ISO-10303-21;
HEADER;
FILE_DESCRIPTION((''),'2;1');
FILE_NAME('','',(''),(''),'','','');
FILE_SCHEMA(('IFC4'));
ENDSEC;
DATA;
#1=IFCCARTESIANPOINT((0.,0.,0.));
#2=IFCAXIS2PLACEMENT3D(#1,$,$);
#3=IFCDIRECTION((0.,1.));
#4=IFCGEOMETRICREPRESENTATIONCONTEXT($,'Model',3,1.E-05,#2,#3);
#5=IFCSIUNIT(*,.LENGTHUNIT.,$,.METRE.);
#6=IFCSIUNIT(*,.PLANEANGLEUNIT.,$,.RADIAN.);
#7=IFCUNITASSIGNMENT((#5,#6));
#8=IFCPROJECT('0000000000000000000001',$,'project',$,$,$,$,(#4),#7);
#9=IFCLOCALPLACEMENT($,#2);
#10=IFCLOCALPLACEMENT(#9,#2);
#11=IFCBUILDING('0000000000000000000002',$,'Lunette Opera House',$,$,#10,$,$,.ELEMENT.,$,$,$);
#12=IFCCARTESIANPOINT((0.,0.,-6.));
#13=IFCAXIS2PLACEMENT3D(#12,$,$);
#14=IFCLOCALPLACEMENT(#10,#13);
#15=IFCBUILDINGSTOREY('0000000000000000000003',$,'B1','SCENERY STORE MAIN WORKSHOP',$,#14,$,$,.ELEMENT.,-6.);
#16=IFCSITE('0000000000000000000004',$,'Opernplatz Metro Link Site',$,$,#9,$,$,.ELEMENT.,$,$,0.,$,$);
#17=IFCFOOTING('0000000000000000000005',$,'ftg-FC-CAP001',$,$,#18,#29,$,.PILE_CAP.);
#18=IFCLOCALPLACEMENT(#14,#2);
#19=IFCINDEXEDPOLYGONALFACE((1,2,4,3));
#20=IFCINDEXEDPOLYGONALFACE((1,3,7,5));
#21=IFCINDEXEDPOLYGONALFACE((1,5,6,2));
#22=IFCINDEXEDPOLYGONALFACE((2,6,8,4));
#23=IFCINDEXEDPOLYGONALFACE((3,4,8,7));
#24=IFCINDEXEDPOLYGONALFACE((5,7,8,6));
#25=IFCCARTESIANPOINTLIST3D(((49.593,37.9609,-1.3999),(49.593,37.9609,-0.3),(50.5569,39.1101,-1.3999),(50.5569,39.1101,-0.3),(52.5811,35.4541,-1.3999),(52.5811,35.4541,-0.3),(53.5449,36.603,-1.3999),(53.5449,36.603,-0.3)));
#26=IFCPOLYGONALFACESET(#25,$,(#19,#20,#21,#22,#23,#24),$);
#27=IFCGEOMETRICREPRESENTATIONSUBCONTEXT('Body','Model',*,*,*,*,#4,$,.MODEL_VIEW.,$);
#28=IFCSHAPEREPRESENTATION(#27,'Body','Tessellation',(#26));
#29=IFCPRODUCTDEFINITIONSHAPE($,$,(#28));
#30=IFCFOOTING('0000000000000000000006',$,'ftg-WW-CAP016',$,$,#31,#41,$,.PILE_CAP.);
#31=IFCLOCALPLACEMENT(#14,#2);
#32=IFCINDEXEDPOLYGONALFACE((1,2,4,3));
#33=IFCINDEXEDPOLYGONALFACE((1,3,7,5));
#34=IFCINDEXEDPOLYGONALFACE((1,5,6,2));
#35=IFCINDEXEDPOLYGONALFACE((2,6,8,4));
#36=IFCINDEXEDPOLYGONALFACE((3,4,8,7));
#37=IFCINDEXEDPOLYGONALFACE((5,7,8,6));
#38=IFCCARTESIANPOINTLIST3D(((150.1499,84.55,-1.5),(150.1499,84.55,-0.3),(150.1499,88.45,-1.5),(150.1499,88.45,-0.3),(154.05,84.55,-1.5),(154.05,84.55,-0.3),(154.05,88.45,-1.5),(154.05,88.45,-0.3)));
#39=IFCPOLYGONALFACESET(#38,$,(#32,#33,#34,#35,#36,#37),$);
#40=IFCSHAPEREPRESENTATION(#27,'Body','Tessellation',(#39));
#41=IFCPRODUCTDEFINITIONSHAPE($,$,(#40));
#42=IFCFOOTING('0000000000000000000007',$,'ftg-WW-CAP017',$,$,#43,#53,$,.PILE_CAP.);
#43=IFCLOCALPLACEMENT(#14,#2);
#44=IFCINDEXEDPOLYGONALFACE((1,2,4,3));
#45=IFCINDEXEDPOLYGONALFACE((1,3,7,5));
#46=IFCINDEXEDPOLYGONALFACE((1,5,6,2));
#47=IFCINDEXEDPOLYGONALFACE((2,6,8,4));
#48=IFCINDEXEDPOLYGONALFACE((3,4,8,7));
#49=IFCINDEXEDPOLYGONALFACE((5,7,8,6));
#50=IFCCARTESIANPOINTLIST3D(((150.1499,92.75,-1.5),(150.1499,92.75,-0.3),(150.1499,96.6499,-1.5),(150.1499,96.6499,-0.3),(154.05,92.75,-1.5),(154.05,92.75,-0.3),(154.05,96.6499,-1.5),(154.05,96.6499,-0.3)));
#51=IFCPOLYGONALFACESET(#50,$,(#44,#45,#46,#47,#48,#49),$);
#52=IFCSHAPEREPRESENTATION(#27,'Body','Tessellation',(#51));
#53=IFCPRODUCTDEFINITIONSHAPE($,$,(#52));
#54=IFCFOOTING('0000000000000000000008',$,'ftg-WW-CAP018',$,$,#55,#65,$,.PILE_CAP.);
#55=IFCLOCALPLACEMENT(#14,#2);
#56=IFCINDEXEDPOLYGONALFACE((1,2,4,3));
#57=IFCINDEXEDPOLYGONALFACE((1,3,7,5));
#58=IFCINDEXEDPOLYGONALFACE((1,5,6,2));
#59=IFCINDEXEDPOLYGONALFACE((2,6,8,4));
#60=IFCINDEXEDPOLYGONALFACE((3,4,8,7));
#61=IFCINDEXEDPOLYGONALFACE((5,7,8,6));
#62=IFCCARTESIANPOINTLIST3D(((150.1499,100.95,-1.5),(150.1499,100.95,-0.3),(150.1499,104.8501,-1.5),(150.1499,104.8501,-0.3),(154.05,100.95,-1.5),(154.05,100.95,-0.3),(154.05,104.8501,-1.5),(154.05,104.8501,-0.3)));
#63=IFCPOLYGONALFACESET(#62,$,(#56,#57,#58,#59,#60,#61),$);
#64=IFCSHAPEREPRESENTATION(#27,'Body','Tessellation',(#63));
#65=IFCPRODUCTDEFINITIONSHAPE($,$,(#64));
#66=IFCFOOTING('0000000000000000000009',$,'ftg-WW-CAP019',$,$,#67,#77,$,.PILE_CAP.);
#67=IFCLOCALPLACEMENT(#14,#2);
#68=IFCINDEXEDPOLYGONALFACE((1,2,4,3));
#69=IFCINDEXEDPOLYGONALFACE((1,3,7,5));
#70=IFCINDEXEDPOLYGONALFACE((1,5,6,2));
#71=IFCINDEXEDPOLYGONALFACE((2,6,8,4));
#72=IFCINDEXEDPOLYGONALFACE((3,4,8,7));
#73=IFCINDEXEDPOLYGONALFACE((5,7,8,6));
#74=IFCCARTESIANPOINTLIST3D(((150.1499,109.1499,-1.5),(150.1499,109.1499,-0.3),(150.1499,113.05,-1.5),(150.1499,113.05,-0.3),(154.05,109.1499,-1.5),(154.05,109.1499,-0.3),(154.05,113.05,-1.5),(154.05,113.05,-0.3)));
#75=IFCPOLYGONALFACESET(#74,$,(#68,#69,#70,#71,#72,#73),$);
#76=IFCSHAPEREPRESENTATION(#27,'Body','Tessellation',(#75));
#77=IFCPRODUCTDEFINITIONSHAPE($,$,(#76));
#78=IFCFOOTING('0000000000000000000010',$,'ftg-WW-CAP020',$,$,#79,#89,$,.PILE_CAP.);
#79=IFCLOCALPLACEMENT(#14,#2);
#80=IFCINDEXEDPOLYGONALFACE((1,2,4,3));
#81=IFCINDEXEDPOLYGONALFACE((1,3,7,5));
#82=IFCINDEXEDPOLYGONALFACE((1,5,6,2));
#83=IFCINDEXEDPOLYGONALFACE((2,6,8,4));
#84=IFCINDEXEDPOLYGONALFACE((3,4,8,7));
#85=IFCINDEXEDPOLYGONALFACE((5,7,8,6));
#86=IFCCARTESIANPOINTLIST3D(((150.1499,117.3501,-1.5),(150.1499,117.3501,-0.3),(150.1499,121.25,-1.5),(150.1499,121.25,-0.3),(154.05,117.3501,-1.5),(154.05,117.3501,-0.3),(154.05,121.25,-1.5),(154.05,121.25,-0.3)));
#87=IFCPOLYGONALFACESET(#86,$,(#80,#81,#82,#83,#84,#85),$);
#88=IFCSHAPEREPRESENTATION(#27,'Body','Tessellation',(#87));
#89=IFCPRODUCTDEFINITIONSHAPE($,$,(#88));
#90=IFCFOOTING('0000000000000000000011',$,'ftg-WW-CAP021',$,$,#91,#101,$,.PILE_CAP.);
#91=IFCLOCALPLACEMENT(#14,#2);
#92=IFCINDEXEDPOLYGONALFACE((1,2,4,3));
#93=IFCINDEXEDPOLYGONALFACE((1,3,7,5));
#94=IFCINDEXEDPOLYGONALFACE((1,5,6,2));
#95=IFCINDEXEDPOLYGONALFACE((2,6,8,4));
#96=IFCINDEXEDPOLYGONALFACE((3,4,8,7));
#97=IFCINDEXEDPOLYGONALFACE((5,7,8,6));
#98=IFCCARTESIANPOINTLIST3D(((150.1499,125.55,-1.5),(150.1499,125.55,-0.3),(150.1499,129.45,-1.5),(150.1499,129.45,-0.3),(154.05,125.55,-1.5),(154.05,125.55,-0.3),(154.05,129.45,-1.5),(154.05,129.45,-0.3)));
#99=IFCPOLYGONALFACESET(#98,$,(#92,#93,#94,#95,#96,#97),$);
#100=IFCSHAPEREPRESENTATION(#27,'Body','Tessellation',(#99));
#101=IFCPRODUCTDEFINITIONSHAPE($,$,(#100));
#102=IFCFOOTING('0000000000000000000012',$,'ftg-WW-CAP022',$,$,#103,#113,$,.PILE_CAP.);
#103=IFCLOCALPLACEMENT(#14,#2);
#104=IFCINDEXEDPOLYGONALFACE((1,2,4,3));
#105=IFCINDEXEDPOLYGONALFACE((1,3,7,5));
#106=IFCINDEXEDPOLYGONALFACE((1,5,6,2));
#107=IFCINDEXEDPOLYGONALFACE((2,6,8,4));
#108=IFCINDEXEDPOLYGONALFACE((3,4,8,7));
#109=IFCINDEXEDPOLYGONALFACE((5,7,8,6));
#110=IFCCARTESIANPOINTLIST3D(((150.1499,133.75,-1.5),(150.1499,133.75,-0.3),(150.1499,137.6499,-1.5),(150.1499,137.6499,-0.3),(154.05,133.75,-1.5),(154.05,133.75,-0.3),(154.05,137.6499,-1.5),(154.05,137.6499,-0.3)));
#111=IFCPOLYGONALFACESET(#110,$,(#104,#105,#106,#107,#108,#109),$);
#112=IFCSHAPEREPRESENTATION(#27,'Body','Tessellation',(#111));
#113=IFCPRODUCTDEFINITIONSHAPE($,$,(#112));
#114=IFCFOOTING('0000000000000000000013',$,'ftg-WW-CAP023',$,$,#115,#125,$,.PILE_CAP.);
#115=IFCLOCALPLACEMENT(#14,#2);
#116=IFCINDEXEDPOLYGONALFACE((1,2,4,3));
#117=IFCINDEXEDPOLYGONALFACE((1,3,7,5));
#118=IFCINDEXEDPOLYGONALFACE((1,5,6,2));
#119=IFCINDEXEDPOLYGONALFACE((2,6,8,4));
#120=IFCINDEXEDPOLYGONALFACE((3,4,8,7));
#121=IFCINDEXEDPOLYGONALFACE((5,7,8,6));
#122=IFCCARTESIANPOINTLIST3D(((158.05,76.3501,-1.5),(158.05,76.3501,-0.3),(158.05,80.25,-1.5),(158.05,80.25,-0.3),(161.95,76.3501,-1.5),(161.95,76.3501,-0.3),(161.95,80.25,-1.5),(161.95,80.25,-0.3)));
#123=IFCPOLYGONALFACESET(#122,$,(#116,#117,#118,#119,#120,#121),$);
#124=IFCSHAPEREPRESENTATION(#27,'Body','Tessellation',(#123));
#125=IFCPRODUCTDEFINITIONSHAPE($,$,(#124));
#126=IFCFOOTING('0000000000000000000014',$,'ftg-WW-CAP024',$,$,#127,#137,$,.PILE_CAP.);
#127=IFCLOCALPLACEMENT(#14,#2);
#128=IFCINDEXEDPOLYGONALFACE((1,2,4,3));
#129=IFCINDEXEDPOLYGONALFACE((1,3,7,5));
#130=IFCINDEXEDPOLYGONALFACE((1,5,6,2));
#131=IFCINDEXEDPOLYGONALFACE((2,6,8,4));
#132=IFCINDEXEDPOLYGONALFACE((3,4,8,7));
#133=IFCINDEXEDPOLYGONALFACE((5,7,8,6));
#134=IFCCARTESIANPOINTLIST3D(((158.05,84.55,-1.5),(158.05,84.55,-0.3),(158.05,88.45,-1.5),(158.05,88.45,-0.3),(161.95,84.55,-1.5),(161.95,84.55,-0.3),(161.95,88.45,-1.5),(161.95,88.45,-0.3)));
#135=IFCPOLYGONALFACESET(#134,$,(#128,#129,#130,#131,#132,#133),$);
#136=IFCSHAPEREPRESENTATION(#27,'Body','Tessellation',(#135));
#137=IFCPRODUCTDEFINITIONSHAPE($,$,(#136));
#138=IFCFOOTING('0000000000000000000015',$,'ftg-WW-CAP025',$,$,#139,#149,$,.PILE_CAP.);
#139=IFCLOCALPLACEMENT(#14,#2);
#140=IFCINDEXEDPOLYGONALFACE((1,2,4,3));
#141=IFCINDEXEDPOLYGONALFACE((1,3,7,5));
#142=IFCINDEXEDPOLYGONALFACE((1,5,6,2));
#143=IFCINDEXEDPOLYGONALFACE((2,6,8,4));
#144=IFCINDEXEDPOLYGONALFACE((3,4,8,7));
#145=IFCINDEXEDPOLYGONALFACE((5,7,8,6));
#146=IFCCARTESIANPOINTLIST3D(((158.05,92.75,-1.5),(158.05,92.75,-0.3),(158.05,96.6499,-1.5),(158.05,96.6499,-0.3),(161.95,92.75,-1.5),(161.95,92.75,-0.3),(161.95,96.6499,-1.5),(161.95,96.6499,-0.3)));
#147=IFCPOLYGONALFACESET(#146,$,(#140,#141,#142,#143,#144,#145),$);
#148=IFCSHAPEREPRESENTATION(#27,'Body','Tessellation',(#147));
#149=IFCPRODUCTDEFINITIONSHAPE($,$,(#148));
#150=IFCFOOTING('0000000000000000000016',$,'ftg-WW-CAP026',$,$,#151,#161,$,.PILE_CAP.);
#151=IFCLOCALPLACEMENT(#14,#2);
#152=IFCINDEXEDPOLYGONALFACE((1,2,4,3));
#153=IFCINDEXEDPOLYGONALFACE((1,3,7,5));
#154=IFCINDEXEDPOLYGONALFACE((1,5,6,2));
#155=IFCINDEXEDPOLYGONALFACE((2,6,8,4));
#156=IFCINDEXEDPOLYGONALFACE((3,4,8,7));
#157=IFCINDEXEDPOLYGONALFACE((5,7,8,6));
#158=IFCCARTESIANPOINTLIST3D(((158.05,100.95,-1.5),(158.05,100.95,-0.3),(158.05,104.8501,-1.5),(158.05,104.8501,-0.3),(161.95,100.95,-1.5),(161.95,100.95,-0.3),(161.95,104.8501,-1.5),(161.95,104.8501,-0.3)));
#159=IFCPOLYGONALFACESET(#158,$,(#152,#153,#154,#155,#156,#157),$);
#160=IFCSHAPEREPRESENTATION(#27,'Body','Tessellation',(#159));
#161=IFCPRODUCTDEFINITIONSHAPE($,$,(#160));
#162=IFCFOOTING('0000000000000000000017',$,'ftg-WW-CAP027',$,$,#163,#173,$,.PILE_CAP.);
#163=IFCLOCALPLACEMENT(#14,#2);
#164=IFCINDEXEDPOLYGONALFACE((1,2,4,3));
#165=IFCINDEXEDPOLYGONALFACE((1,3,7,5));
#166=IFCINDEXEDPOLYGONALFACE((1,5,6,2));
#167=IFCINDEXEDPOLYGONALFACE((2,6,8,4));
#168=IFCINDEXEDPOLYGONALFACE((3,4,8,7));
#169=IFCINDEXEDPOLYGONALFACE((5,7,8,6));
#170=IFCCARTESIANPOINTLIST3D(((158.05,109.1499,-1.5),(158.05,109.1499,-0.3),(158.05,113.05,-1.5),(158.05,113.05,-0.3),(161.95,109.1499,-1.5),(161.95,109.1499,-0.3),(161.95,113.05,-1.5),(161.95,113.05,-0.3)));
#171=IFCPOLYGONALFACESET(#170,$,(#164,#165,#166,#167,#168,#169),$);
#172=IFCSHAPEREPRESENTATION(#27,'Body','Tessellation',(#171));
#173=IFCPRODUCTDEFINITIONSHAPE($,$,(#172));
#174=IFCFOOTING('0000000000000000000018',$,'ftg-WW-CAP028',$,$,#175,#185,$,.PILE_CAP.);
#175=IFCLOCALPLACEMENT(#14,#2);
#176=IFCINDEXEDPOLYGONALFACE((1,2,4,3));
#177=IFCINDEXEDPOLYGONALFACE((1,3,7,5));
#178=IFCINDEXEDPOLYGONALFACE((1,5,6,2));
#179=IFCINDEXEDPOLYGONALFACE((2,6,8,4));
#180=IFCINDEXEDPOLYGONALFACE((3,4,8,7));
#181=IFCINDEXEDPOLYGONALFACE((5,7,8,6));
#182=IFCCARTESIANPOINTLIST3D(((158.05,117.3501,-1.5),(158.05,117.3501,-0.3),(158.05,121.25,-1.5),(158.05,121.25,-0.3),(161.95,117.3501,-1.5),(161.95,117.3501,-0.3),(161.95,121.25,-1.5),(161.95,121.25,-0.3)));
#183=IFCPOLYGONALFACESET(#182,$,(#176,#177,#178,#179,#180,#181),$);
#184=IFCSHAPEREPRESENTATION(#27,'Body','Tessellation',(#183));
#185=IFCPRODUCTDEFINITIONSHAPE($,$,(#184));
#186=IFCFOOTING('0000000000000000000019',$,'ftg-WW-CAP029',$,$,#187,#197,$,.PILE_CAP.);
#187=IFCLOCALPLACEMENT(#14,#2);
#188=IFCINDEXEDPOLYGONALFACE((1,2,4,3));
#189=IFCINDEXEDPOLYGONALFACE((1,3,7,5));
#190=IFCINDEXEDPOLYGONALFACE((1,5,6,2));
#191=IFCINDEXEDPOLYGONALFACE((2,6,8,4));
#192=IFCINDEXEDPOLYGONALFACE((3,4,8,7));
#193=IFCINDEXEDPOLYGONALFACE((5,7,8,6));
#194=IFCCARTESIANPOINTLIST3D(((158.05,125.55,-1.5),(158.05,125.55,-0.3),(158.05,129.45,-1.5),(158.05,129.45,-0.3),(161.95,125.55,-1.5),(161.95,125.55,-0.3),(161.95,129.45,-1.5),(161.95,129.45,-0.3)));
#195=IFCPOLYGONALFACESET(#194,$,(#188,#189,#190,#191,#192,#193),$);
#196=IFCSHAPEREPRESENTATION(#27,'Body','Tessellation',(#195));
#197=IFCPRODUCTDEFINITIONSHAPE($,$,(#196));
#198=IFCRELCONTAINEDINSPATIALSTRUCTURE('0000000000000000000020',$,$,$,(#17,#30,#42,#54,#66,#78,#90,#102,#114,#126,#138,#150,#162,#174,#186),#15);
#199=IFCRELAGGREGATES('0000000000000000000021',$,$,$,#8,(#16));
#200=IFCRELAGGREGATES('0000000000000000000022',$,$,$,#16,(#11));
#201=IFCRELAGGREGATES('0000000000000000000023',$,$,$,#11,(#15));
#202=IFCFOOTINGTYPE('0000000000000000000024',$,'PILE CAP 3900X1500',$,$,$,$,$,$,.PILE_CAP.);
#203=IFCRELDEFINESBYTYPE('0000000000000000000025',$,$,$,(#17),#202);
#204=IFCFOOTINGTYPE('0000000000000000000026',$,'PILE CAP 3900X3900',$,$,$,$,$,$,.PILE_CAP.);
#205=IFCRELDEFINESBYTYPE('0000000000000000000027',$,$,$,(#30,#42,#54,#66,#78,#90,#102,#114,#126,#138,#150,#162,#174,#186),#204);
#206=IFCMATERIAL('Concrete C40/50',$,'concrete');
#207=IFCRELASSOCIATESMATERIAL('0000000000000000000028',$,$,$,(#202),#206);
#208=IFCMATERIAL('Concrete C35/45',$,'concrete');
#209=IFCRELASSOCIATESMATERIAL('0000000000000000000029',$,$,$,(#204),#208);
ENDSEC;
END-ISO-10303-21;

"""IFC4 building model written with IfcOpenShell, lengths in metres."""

from ifc_helpers import new_model, si_unit, direction, frame, origin, place, context, subcontext, project, spatial, polyline, outline, extrude, material, type_object, element, save


model = new_model("IFC4")

# Units and contexts
model_context = context("Model", 3, precision=1e-05, world=origin(), true_north=direction((0.0, 1.0)))
body_context = subcontext(model_context, "Body", "Model", "MODEL_VIEW")
ifc_project = project(units=[si_unit("LENGTHUNIT", "METRE"), si_unit("PLANEANGLEUNIT", "RADIAN")], contexts=[model_context])

# Site, building, storey
site_placement = place(None, origin())
site = spatial("IfcSite", under=ifc_project, at=site_placement, Name="Opernplatz Metro Link Site", CompositionType="ELEMENT", RefElevation=0.0)
building_placement = place(site_placement, origin())
building = spatial("IfcBuilding", under=site, at=building_placement, Name="Lunette Opera House", CompositionType="ELEMENT")
storey_placement = place(building_placement, frame((0.0, 0.0, -6.0)))
storey = spatial("IfcBuildingStorey", under=building, at=storey_placement, Name="B1", Description="SCENERY STORE MAIN WORKSHOP", CompositionType="ELEMENT", Elevation=-6.0)

# Footings
ifc_material_1 = material(Name="Concrete C40/50", Category="concrete")
footing_type_1 = type_object("IfcFootingType", Name="PILE CAP 3900X1500", PredefinedType="PILE_CAP", material=ifc_material_1)
footing_1_placement = place(storey_placement, frame((0.0, 0.0, -1.3999)))
element("IfcFooting", 1, at=footing_1_placement, inside=storey, type_object=footing_type_1, Name="ftg-FC-CAP001", PredefinedType="PILE_CAP", context=body_context, shape_type="SweptSolid", body=[
    extrude(outline(polyline([(52.5811, 35.4541), (53.5449, 36.603), (50.5569, 39.1101), (49.593, 37.9609), (52.5811, 35.4541)])), origin(), (0.0, 0.0, 1.0), 1.0999),
])
ifc_material_2 = material(Name="Concrete C35/45", Category="concrete")
footing_type_2 = type_object("IfcFootingType", Name="PILE CAP 3900X3900", PredefinedType="PILE_CAP", material=ifc_material_2)
footing_2_placement = place(storey_placement, frame((0.0, 0.0, -1.5)))
element("IfcFooting", 2, at=footing_2_placement, inside=storey, type_object=footing_type_2, Name="ftg-WW-CAP016", PredefinedType="PILE_CAP", context=body_context, shape_type="SweptSolid", body=[
    extrude(outline(polyline([(154.05, 84.55), (154.05, 88.45), (150.1499, 88.45), (150.1499, 84.55), (154.05, 84.55)])), origin(), (0.0, 0.0, 1.0), 1.2),
])
footing_3_placement = place(storey_placement, frame((0.0, 0.0, -1.5)))
element("IfcFooting", 3, at=footing_3_placement, inside=storey, type_object=footing_type_2, Name="ftg-WW-CAP017", PredefinedType="PILE_CAP", context=body_context, shape_type="SweptSolid", body=[
    extrude(outline(polyline([(154.05, 92.75), (154.05, 96.6499), (150.1499, 96.6499), (150.1499, 92.75), (154.05, 92.75)])), origin(), (0.0, 0.0, 1.0), 1.2),
])
footing_4_placement = place(storey_placement, frame((0.0, 0.0, -1.5)))
element("IfcFooting", 4, at=footing_4_placement, inside=storey, type_object=footing_type_2, Name="ftg-WW-CAP018", PredefinedType="PILE_CAP", context=body_context, shape_type="SweptSolid", body=[
    extrude(outline(polyline([(154.05, 100.95), (154.05, 104.8501), (150.1499, 104.8501), (150.1499, 100.95), (154.05, 100.95)])), origin(), (0.0, 0.0, 1.0), 1.2),
])
footing_5_placement = place(storey_placement, frame((0.0, 0.0, -1.5)))
element("IfcFooting", 5, at=footing_5_placement, inside=storey, type_object=footing_type_2, Name="ftg-WW-CAP019", PredefinedType="PILE_CAP", context=body_context, shape_type="SweptSolid", body=[
    extrude(outline(polyline([(154.05, 109.1499), (154.05, 113.05), (150.1499, 113.05), (150.1499, 109.1499), (154.05, 109.1499)])), origin(), (0.0, 0.0, 1.0), 1.2),
])
footing_6_placement = place(storey_placement, frame((0.0, 0.0, -1.5)))
element("IfcFooting", 6, at=footing_6_placement, inside=storey, type_object=footing_type_2, Name="ftg-WW-CAP020", PredefinedType="PILE_CAP", context=body_context, shape_type="SweptSolid", body=[
    extrude(outline(polyline([(154.05, 117.3501), (154.05, 121.25), (150.1499, 121.25), (150.1499, 117.3501), (154.05, 117.3501)])), origin(), (0.0, 0.0, 1.0), 1.2),
])
footing_7_placement = place(storey_placement, frame((0.0, 0.0, -1.5)))
element("IfcFooting", 7, at=footing_7_placement, inside=storey, type_object=footing_type_2, Name="ftg-WW-CAP021", PredefinedType="PILE_CAP", context=body_context, shape_type="SweptSolid", body=[
    extrude(outline(polyline([(154.05, 125.55), (154.05, 129.45), (150.1499, 129.45), (150.1499, 125.55), (154.05, 125.55)])), origin(), (0.0, 0.0, 1.0), 1.2),
])
footing_8_placement = place(storey_placement, frame((0.0, 0.0, -1.5)))
element("IfcFooting", 8, at=footing_8_placement, inside=storey, type_object=footing_type_2, Name="ftg-WW-CAP022", PredefinedType="PILE_CAP", context=body_context, shape_type="SweptSolid", body=[
    extrude(outline(polyline([(154.05, 133.75), (154.05, 137.6499), (150.1499, 137.6499), (150.1499, 133.75), (154.05, 133.75)])), origin(), (0.0, 0.0, 1.0), 1.2),
])
footing_9_placement = place(storey_placement, frame((0.0, 0.0, -1.5)))
element("IfcFooting", 9, at=footing_9_placement, inside=storey, type_object=footing_type_2, Name="ftg-WW-CAP023", PredefinedType="PILE_CAP", context=body_context, shape_type="SweptSolid", body=[
    extrude(outline(polyline([(161.95, 76.3501), (161.95, 80.25), (158.05, 80.25), (158.05, 76.3501), (161.95, 76.3501)])), origin(), (0.0, 0.0, 1.0), 1.2),
])
footing_10_placement = place(storey_placement, frame((0.0, 0.0, -1.5)))
element("IfcFooting", 10, at=footing_10_placement, inside=storey, type_object=footing_type_2, Name="ftg-WW-CAP024", PredefinedType="PILE_CAP", context=body_context, shape_type="SweptSolid", body=[
    extrude(outline(polyline([(161.95, 84.55), (161.95, 88.45), (158.05, 88.45), (158.05, 84.55), (161.95, 84.55)])), origin(), (0.0, 0.0, 1.0), 1.2),
])
footing_11_placement = place(storey_placement, frame((0.0, 0.0, -1.5)))
element("IfcFooting", 11, at=footing_11_placement, inside=storey, type_object=footing_type_2, Name="ftg-WW-CAP025", PredefinedType="PILE_CAP", context=body_context, shape_type="SweptSolid", body=[
    extrude(outline(polyline([(161.95, 92.75), (161.95, 96.6499), (158.05, 96.6499), (158.05, 92.75), (161.95, 92.75)])), origin(), (0.0, 0.0, 1.0), 1.2),
])
footing_12_placement = place(storey_placement, frame((0.0, 0.0, -1.5)))
element("IfcFooting", 12, at=footing_12_placement, inside=storey, type_object=footing_type_2, Name="ftg-WW-CAP026", PredefinedType="PILE_CAP", context=body_context, shape_type="SweptSolid", body=[
    extrude(outline(polyline([(161.95, 100.95), (161.95, 104.8501), (158.05, 104.8501), (158.05, 100.95), (161.95, 100.95)])), origin(), (0.0, 0.0, 1.0), 1.2),
])
footing_13_placement = place(storey_placement, frame((0.0, 0.0, -1.5)))
element("IfcFooting", 13, at=footing_13_placement, inside=storey, type_object=footing_type_2, Name="ftg-WW-CAP027", PredefinedType="PILE_CAP", context=body_context, shape_type="SweptSolid", body=[
    extrude(outline(polyline([(161.95, 109.1499), (161.95, 113.05), (158.05, 113.05), (158.05, 109.1499), (161.95, 109.1499)])), origin(), (0.0, 0.0, 1.0), 1.2),
])
footing_14_placement = place(storey_placement, frame((0.0, 0.0, -1.5)))
element("IfcFooting", 14, at=footing_14_placement, inside=storey, type_object=footing_type_2, Name="ftg-WW-CAP028", PredefinedType="PILE_CAP", context=body_context, shape_type="SweptSolid", body=[
    extrude(outline(polyline([(161.95, 117.3501), (161.95, 121.25), (158.05, 121.25), (158.05, 117.3501), (161.95, 117.3501)])), origin(), (0.0, 0.0, 1.0), 1.2),
])
footing_15_placement = place(storey_placement, frame((0.0, 0.0, -1.5)))
element("IfcFooting", 15, at=footing_15_placement, inside=storey, type_object=footing_type_2, Name="ftg-WW-CAP029", PredefinedType="PILE_CAP", context=body_context, shape_type="SweptSolid", body=[
    extrude(outline(polyline([(161.95, 125.55), (161.95, 129.45), (158.05, 129.45), (158.05, 125.55), (161.95, 125.55)])), origin(), (0.0, 0.0, 1.0), 1.2),
])

save(model, "model.ifc")
